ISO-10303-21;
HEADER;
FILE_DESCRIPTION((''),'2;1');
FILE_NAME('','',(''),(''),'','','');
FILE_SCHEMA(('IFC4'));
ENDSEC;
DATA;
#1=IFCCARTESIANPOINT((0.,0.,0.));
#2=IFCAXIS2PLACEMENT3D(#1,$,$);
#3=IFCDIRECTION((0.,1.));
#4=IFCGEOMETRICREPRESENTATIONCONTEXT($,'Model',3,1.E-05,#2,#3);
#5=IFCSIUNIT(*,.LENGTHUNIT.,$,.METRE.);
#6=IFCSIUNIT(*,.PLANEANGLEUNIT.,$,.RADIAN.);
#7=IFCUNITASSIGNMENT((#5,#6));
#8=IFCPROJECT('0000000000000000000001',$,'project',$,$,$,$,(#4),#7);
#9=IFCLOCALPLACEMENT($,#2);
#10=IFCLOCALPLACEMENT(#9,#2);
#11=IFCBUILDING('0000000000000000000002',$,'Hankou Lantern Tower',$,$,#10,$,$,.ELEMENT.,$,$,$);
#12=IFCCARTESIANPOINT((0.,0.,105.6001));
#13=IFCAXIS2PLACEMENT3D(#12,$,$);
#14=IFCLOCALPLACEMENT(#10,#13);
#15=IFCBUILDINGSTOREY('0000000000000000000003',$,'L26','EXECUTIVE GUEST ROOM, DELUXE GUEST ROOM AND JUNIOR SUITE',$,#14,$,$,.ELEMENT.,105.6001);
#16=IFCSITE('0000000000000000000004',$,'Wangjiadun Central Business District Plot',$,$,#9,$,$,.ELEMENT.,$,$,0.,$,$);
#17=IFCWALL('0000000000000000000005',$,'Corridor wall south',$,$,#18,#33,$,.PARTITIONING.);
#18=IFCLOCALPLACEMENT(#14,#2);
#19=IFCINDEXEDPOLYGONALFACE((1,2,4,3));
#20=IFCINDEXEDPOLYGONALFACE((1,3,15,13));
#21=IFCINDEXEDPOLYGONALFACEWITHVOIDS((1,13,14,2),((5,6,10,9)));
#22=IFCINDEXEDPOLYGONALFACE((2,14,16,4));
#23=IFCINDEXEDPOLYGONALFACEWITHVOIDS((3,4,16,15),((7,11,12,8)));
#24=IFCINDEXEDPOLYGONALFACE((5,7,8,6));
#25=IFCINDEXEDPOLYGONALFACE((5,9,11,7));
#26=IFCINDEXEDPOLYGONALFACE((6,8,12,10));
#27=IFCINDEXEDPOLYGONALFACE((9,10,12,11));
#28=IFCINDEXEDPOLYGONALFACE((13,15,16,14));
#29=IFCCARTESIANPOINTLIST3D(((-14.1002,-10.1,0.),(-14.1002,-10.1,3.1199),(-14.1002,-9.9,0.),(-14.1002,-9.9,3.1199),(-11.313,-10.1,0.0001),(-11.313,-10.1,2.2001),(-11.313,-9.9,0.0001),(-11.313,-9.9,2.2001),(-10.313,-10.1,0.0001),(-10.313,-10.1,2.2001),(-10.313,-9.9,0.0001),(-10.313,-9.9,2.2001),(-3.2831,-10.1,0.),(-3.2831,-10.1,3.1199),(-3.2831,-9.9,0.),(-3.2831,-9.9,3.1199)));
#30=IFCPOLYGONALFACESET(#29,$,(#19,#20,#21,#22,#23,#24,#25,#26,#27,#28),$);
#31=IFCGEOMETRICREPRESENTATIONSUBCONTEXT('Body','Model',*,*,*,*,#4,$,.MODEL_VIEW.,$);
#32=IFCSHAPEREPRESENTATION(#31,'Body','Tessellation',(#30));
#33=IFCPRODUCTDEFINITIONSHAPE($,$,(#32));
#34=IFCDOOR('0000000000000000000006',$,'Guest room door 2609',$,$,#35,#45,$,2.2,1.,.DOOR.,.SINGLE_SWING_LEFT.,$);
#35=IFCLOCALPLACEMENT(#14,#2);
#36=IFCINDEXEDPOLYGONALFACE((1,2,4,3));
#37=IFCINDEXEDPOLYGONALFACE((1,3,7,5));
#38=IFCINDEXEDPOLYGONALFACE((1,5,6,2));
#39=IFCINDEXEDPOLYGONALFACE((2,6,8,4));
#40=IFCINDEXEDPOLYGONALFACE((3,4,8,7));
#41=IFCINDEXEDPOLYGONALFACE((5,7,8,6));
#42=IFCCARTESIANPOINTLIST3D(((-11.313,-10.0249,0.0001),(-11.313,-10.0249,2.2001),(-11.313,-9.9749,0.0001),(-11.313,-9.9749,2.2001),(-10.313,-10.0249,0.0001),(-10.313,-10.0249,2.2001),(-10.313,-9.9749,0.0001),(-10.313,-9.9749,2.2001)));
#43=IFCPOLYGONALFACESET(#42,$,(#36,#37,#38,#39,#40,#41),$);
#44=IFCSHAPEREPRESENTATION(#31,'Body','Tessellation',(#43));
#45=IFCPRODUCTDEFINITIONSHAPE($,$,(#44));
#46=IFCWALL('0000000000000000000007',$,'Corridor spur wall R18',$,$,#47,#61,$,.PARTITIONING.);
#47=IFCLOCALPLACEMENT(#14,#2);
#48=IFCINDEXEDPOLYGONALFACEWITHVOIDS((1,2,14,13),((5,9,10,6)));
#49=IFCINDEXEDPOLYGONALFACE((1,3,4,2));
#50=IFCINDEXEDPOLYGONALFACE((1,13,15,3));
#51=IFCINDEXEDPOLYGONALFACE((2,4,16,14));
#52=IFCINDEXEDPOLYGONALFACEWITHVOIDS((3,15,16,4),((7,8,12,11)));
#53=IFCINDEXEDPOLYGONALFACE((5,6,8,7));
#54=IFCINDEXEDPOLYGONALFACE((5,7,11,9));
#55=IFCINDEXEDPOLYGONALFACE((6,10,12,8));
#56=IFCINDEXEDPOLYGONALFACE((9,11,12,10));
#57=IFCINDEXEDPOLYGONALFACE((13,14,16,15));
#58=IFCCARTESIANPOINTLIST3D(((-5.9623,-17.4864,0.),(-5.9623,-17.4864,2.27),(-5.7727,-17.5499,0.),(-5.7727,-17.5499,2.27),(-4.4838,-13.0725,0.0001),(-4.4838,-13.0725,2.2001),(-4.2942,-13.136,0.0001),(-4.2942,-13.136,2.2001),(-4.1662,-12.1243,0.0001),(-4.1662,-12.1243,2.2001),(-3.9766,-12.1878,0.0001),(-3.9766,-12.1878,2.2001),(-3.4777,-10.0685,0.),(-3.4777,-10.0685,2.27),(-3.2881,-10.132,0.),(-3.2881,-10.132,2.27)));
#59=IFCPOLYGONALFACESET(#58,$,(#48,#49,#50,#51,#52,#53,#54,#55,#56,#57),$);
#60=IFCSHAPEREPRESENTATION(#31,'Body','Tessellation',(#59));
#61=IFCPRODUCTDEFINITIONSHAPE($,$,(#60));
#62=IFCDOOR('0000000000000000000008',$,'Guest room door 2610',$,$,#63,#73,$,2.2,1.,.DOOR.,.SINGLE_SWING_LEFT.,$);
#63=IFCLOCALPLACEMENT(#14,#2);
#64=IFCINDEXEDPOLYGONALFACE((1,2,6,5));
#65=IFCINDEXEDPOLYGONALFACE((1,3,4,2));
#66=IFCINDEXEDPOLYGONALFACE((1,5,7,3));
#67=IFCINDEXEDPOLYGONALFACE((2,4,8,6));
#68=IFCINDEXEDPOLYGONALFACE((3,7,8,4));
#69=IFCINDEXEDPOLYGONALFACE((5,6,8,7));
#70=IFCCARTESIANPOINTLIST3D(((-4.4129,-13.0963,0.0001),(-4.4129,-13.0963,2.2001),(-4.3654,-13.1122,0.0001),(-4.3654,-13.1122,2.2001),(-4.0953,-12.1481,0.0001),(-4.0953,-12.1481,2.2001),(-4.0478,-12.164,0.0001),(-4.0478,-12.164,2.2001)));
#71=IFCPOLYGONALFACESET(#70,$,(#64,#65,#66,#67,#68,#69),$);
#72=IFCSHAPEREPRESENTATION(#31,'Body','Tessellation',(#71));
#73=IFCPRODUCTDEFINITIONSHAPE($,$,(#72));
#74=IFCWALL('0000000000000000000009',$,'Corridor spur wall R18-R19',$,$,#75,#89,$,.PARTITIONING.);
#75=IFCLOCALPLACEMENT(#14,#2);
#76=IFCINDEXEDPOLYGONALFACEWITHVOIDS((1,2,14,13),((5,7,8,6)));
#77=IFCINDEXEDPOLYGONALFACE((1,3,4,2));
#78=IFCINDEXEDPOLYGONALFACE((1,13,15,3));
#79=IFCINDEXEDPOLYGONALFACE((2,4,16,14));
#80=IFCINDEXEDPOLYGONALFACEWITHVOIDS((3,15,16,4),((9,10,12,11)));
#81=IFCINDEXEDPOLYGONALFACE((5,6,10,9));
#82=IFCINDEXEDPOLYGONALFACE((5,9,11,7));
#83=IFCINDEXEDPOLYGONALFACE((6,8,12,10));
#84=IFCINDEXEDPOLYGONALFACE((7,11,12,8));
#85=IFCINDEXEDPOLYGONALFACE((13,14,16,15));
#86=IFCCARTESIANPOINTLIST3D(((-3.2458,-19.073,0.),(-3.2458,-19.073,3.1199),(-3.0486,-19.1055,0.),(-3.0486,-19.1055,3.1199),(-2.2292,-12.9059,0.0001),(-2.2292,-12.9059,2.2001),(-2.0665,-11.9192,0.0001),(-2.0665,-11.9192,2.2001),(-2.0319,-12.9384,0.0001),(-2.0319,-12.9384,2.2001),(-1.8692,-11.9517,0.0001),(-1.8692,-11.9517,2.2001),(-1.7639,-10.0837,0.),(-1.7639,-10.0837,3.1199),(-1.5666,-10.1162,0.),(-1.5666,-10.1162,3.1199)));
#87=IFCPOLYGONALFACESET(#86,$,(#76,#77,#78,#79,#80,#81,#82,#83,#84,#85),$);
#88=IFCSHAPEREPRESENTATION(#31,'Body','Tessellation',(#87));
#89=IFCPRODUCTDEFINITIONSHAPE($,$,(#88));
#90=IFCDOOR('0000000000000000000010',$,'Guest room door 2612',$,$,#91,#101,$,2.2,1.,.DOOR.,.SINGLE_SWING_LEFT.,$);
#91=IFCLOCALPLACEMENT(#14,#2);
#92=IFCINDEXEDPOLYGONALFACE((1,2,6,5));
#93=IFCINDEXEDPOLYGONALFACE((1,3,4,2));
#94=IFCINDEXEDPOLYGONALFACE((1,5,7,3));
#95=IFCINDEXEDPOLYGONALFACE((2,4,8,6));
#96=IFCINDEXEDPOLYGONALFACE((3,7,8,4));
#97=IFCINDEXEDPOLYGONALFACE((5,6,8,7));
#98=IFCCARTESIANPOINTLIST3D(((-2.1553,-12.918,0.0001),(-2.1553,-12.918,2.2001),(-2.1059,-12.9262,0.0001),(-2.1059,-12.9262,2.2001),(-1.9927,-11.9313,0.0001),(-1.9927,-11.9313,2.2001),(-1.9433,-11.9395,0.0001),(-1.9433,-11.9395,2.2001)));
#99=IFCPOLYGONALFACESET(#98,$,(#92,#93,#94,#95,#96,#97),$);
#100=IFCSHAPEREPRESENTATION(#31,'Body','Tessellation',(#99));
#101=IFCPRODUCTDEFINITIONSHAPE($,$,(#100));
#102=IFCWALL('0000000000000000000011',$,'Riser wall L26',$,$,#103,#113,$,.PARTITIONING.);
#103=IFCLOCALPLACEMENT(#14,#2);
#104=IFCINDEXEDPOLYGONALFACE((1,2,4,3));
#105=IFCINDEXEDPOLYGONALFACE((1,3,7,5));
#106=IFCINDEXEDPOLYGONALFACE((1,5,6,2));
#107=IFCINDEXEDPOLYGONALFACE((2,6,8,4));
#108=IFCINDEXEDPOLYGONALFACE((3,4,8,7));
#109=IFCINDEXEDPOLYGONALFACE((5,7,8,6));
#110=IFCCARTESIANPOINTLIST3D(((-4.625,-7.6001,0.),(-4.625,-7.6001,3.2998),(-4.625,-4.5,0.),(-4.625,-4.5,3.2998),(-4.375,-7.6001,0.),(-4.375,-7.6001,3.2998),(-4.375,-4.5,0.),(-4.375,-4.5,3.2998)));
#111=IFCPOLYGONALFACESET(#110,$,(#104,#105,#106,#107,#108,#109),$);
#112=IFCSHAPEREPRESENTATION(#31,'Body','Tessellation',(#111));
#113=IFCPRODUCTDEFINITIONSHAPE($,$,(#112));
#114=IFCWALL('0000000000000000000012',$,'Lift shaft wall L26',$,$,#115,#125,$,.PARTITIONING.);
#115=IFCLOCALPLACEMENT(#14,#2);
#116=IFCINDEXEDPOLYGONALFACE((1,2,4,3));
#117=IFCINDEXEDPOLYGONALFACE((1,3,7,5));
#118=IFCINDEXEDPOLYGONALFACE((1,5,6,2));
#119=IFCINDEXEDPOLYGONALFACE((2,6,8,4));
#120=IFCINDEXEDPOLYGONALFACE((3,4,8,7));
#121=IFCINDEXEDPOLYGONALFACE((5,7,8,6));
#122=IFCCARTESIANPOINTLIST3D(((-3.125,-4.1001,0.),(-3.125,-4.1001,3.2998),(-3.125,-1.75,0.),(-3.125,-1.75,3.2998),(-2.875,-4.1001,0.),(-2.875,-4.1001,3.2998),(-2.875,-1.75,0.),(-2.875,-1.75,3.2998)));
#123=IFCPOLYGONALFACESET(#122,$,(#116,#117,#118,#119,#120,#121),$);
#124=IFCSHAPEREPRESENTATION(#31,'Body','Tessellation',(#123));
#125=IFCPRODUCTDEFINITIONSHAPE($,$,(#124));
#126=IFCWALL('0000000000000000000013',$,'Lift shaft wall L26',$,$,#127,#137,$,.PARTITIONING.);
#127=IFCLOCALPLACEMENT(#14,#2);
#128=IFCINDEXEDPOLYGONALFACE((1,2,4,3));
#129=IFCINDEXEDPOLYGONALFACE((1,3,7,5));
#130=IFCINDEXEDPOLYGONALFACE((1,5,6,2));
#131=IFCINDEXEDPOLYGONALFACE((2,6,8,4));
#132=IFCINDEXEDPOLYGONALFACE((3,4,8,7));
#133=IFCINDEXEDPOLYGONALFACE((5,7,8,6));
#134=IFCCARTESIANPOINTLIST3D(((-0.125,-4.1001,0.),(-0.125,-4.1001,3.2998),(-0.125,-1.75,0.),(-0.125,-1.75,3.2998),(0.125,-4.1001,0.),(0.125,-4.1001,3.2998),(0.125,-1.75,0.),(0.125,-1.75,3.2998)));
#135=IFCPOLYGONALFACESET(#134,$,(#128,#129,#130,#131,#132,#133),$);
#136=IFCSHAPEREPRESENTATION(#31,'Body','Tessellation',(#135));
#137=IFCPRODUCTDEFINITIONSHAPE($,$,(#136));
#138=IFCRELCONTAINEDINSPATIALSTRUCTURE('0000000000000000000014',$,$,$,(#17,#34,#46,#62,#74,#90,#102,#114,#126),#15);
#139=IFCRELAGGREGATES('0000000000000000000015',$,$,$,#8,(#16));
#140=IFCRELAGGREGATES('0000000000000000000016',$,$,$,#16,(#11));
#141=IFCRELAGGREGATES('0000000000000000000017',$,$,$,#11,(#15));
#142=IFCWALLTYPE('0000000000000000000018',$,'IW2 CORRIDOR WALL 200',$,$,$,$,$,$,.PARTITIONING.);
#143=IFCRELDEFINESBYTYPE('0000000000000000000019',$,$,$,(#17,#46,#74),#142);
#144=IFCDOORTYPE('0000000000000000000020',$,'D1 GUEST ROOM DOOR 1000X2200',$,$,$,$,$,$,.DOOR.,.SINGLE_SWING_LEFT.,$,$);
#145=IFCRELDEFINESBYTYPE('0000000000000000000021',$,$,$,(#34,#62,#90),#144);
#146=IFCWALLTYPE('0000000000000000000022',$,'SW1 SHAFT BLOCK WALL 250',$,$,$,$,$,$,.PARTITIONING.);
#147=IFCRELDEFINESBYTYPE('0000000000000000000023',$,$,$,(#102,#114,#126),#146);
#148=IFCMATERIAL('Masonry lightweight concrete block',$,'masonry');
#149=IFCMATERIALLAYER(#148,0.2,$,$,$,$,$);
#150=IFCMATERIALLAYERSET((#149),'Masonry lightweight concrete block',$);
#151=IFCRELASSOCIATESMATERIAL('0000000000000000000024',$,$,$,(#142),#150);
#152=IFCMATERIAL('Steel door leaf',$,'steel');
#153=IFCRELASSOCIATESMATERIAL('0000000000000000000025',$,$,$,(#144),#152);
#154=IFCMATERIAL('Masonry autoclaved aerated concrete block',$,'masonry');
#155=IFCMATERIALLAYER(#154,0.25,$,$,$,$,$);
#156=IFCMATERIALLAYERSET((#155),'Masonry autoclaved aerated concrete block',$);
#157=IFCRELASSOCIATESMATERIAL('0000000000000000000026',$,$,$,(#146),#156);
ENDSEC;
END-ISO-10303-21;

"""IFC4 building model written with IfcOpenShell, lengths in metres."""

from ifc_helpers import new_model, si_unit, direction, frame, frame_2d, origin, place, context, subcontext, project, spatial, rectangle, extrude, material, layer, layer_set, type_object, element, fill, save


model = new_model("IFC4")

# Units and contexts
model_context = context("Model", 3, precision=1e-05, world=origin(), true_north=direction((0.0, 1.0)))
body_context = subcontext(model_context, "Body", "Model", "MODEL_VIEW")
ifc_project = project(units=[si_unit("LENGTHUNIT", "METRE"), si_unit("PLANEANGLEUNIT", "RADIAN")], contexts=[model_context])

# Site, building, storey
site_placement = place(None, origin())
site = spatial("IfcSite", under=ifc_project, at=site_placement, Name="Wangjiadun Central Business District Plot", CompositionType="ELEMENT", RefElevation=0.0)
building_placement = place(site_placement, origin())
building = spatial("IfcBuilding", under=site, at=building_placement, Name="Hankou Lantern Tower", CompositionType="ELEMENT")
storey_placement = place(building_placement, frame((0.0, 0.0, 105.6001)))
storey = spatial("IfcBuildingStorey", under=building, at=storey_placement, Name="L26", Description="EXECUTIVE GUEST ROOM, DELUXE GUEST ROOM AND JUNIOR SUITE", CompositionType="ELEMENT", Elevation=105.6001)

# Walls, openings, doors
ifc_material_1 = material(Name="Masonry lightweight concrete block", Category="masonry")
ifc_layer_1 = layer(ifc_material_1, 0.2)
ifc_layer_set_1 = layer_set([ifc_layer_1], Name="Masonry lightweight concrete block")
wall_type_1 = type_object("IfcWallType", Name="IW2 CORRIDOR WALL 200", PredefinedType="PARTITIONING", material=ifc_layer_set_1)
wall_1_placement = place(storey_placement, frame((-3.283, -10.0, 0.0), z_axis=(0.0, 0.0, 1.0), x_axis=(-1.0, 0.0, 0.0)))
wall_1 = element("IfcWall", 1, at=wall_1_placement, inside=storey, type_object=wall_type_1, Name="Corridor wall south", PredefinedType="PARTITIONING", context=body_context, shape_type="SweptSolid", body=[
    extrude(rectangle(XDim=10.8171, YDim=0.2, at=frame_2d((5.4087, 0.0))), origin(), (0.0, 0.0, 1.0), 3.1199),
])
opening_1_placement = place(wall_1_placement, frame((7.03, 0.0, 0.0)))
opening_1 = element("IfcOpeningElement", 2, at=opening_1_placement, cuts=wall_1, PredefinedType="OPENING", context=body_context, shape_type="SweptSolid", body=[
    extrude(rectangle(XDim=1.0, YDim=2.2, at=frame_2d((0.5, 1.1001))), frame((0.0, 0.1099, 0.0), z_axis=(0.0, -1.0, 0.0), x_axis=(1.0, 0.0, 0.0)), (0.0, 0.0, 1.0), 0.22),
])
ifc_material_2 = material(Name="Steel door leaf", Category="steel")
door_type_1 = type_object("IfcDoorType", Name="D1 GUEST ROOM DOOR 1000X2200", OperationType="SINGLE_SWING_LEFT", PredefinedType="DOOR", material=ifc_material_2)
door_1_placement = place(opening_1_placement, origin())
door_1 = element("IfcDoor", 3, at=door_1_placement, inside=storey, type_object=door_type_1, Name="Guest room door 2609", OperationType="SINGLE_SWING_LEFT", OverallHeight=2.2, OverallWidth=1.0, PredefinedType="DOOR", context=body_context, shape_type="SweptSolid", body=[
    extrude(rectangle(XDim=1.0, YDim=2.2, at=frame_2d((0.5, 1.1001))), frame((0.0, 0.0249, 0.0), z_axis=(0.0, -1.0, 0.0), x_axis=(1.0, 0.0, 0.0)), (0.0, 0.0, 1.0), 0.05),
])
fill(opening_1, door_1)
wall_2_placement = place(storey_placement, frame((-3.3828, -10.1001, 0.0), z_axis=(0.0, 0.0, 1.0), x_axis=(-0.317604, -0.948224, 0.0)))
wall_2 = element("IfcWall", 4, at=wall_2_placement, inside=storey, type_object=wall_type_1, Name="Corridor spur wall R18", PredefinedType="PARTITIONING", context=body_context, shape_type="SweptSolid", body=[
    extrude(rectangle(XDim=7.823, YDim=0.2, at=frame_2d((3.9116, 0.0))), origin(), (0.0, 0.0, 1.0), 2.27),
])
opening_2_placement = place(wall_2_placement, frame((2.1682, 0.0, 0.0)))
opening_2 = element("IfcOpeningElement", 5, at=opening_2_placement, cuts=wall_2, PredefinedType="OPENING", context=body_context, shape_type="SweptSolid", body=[
    extrude(rectangle(XDim=1.0, YDim=2.2, at=frame_2d((0.5, 1.1001))), frame((0.0, 0.1099, 0.0), z_axis=(0.0, -1.0, 0.0), x_axis=(1.0, 0.0, 0.0)), (0.0, 0.0, 1.0), 0.22),
])
door_2_placement = place(opening_2_placement, origin())
door_2 = element("IfcDoor", 6, at=door_2_placement, inside=storey, type_object=door_type_1, Name="Guest room door 2610", OperationType="SINGLE_SWING_LEFT", OverallHeight=2.2, OverallWidth=1.0, PredefinedType="DOOR", context=body_context, shape_type="SweptSolid", body=[
    extrude(rectangle(XDim=1.0, YDim=2.2, at=frame_2d((0.5, 1.1001))), frame((0.0, 0.0249, 0.0), z_axis=(0.0, -1.0, 0.0), x_axis=(1.0, 0.0, 0.0)), (0.0, 0.0, 1.0), 0.05),
])
fill(opening_2, door_2)
wall_3_placement = place(storey_placement, frame((-1.6653, -10.1001, 0.0), z_axis=(0.0, 0.0, 1.0), x_axis=(-0.162661, -0.986682, 0.0)))
wall_3 = element("IfcWall", 7, at=wall_3_placement, inside=storey, type_object=wall_type_1, Name="Corridor spur wall R18-R19", PredefinedType="PARTITIONING", context=body_context, shape_type="SweptSolid", body=[
    extrude(rectangle(XDim=9.1106, YDim=0.2, at=frame_2d((4.5552, 0.0))), origin(), (0.0, 0.0, 1.0), 3.1199),
])
opening_3_placement = place(wall_3_placement, frame((1.8601, 0.0, 0.0)))
opening_3 = element("IfcOpeningElement", 8, at=opening_3_placement, cuts=wall_3, PredefinedType="OPENING", context=body_context, shape_type="SweptSolid", body=[
    extrude(rectangle(XDim=1.0, YDim=2.2, at=frame_2d((0.5, 1.1001))), frame((0.0, 0.1099, 0.0), z_axis=(0.0, -1.0, 0.0), x_axis=(1.0, 0.0, 0.0)), (0.0, 0.0, 1.0), 0.22),
])
door_3_placement = place(opening_3_placement, origin())
door_3 = element("IfcDoor", 9, at=door_3_placement, inside=storey, type_object=door_type_1, Name="Guest room door 2612", OperationType="SINGLE_SWING_LEFT", OverallHeight=2.2, OverallWidth=1.0, PredefinedType="DOOR", context=body_context, shape_type="SweptSolid", body=[
    extrude(rectangle(XDim=1.0, YDim=2.2, at=frame_2d((0.5, 1.1001))), frame((0.0, 0.0249, 0.0), z_axis=(0.0, -1.0, 0.0), x_axis=(1.0, 0.0, 0.0)), (0.0, 0.0, 1.0), 0.05),
])
fill(opening_3, door_3)

# Walls
ifc_material_3 = material(Name="Masonry autoclaved aerated concrete block", Category="masonry")
ifc_layer_2 = layer(ifc_material_3, 0.25)
ifc_layer_set_2 = layer_set([ifc_layer_2], Name="Masonry autoclaved aerated concrete block")
wall_type_2 = type_object("IfcWallType", Name="SW1 SHAFT BLOCK WALL 250", PredefinedType="PARTITIONING", material=ifc_layer_set_2)
wall_4_placement = place(storey_placement, frame((-4.5, -7.6001, 0.0), z_axis=(0.0, 0.0, 1.0), x_axis=(0.0, 1.0, 0.0)))
element("IfcWall", 10, at=wall_4_placement, inside=storey, type_object=wall_type_2, Name="Riser wall L26", PredefinedType="PARTITIONING", context=body_context, shape_type="SweptSolid", body=[
    extrude(rectangle(XDim=3.1001, YDim=0.25, at=frame_2d((1.55, 0.0))), origin(), (0.0, 0.0, 1.0), 3.2998),
])
for number, where, z_axis, x_axis, name in (
    (11, (-3.0, -4.1001, 0.0), (0.0, 0.0, 1.0), (0.0, 1.0, 0.0), "Lift shaft wall L26"),
    (12, (0.0, -4.1001, 0.0), (0.0, 0.0, 1.0), (0.0, 1.0, 0.0), "Lift shaft wall L26"),
):
    element("IfcWall", number, at=place(storey_placement, frame(where, z_axis=z_axis, x_axis=x_axis)), inside=storey, type_object=wall_type_2, Name=name, PredefinedType="PARTITIONING", context=body_context, shape_type="SweptSolid", body=[
        extrude(rectangle(XDim=2.3501, YDim=0.25, at=frame_2d((1.175, 0.0))), origin(), (0.0, 0.0, 1.0), 3.2998),
    ])

save(model, "model.ifc")
